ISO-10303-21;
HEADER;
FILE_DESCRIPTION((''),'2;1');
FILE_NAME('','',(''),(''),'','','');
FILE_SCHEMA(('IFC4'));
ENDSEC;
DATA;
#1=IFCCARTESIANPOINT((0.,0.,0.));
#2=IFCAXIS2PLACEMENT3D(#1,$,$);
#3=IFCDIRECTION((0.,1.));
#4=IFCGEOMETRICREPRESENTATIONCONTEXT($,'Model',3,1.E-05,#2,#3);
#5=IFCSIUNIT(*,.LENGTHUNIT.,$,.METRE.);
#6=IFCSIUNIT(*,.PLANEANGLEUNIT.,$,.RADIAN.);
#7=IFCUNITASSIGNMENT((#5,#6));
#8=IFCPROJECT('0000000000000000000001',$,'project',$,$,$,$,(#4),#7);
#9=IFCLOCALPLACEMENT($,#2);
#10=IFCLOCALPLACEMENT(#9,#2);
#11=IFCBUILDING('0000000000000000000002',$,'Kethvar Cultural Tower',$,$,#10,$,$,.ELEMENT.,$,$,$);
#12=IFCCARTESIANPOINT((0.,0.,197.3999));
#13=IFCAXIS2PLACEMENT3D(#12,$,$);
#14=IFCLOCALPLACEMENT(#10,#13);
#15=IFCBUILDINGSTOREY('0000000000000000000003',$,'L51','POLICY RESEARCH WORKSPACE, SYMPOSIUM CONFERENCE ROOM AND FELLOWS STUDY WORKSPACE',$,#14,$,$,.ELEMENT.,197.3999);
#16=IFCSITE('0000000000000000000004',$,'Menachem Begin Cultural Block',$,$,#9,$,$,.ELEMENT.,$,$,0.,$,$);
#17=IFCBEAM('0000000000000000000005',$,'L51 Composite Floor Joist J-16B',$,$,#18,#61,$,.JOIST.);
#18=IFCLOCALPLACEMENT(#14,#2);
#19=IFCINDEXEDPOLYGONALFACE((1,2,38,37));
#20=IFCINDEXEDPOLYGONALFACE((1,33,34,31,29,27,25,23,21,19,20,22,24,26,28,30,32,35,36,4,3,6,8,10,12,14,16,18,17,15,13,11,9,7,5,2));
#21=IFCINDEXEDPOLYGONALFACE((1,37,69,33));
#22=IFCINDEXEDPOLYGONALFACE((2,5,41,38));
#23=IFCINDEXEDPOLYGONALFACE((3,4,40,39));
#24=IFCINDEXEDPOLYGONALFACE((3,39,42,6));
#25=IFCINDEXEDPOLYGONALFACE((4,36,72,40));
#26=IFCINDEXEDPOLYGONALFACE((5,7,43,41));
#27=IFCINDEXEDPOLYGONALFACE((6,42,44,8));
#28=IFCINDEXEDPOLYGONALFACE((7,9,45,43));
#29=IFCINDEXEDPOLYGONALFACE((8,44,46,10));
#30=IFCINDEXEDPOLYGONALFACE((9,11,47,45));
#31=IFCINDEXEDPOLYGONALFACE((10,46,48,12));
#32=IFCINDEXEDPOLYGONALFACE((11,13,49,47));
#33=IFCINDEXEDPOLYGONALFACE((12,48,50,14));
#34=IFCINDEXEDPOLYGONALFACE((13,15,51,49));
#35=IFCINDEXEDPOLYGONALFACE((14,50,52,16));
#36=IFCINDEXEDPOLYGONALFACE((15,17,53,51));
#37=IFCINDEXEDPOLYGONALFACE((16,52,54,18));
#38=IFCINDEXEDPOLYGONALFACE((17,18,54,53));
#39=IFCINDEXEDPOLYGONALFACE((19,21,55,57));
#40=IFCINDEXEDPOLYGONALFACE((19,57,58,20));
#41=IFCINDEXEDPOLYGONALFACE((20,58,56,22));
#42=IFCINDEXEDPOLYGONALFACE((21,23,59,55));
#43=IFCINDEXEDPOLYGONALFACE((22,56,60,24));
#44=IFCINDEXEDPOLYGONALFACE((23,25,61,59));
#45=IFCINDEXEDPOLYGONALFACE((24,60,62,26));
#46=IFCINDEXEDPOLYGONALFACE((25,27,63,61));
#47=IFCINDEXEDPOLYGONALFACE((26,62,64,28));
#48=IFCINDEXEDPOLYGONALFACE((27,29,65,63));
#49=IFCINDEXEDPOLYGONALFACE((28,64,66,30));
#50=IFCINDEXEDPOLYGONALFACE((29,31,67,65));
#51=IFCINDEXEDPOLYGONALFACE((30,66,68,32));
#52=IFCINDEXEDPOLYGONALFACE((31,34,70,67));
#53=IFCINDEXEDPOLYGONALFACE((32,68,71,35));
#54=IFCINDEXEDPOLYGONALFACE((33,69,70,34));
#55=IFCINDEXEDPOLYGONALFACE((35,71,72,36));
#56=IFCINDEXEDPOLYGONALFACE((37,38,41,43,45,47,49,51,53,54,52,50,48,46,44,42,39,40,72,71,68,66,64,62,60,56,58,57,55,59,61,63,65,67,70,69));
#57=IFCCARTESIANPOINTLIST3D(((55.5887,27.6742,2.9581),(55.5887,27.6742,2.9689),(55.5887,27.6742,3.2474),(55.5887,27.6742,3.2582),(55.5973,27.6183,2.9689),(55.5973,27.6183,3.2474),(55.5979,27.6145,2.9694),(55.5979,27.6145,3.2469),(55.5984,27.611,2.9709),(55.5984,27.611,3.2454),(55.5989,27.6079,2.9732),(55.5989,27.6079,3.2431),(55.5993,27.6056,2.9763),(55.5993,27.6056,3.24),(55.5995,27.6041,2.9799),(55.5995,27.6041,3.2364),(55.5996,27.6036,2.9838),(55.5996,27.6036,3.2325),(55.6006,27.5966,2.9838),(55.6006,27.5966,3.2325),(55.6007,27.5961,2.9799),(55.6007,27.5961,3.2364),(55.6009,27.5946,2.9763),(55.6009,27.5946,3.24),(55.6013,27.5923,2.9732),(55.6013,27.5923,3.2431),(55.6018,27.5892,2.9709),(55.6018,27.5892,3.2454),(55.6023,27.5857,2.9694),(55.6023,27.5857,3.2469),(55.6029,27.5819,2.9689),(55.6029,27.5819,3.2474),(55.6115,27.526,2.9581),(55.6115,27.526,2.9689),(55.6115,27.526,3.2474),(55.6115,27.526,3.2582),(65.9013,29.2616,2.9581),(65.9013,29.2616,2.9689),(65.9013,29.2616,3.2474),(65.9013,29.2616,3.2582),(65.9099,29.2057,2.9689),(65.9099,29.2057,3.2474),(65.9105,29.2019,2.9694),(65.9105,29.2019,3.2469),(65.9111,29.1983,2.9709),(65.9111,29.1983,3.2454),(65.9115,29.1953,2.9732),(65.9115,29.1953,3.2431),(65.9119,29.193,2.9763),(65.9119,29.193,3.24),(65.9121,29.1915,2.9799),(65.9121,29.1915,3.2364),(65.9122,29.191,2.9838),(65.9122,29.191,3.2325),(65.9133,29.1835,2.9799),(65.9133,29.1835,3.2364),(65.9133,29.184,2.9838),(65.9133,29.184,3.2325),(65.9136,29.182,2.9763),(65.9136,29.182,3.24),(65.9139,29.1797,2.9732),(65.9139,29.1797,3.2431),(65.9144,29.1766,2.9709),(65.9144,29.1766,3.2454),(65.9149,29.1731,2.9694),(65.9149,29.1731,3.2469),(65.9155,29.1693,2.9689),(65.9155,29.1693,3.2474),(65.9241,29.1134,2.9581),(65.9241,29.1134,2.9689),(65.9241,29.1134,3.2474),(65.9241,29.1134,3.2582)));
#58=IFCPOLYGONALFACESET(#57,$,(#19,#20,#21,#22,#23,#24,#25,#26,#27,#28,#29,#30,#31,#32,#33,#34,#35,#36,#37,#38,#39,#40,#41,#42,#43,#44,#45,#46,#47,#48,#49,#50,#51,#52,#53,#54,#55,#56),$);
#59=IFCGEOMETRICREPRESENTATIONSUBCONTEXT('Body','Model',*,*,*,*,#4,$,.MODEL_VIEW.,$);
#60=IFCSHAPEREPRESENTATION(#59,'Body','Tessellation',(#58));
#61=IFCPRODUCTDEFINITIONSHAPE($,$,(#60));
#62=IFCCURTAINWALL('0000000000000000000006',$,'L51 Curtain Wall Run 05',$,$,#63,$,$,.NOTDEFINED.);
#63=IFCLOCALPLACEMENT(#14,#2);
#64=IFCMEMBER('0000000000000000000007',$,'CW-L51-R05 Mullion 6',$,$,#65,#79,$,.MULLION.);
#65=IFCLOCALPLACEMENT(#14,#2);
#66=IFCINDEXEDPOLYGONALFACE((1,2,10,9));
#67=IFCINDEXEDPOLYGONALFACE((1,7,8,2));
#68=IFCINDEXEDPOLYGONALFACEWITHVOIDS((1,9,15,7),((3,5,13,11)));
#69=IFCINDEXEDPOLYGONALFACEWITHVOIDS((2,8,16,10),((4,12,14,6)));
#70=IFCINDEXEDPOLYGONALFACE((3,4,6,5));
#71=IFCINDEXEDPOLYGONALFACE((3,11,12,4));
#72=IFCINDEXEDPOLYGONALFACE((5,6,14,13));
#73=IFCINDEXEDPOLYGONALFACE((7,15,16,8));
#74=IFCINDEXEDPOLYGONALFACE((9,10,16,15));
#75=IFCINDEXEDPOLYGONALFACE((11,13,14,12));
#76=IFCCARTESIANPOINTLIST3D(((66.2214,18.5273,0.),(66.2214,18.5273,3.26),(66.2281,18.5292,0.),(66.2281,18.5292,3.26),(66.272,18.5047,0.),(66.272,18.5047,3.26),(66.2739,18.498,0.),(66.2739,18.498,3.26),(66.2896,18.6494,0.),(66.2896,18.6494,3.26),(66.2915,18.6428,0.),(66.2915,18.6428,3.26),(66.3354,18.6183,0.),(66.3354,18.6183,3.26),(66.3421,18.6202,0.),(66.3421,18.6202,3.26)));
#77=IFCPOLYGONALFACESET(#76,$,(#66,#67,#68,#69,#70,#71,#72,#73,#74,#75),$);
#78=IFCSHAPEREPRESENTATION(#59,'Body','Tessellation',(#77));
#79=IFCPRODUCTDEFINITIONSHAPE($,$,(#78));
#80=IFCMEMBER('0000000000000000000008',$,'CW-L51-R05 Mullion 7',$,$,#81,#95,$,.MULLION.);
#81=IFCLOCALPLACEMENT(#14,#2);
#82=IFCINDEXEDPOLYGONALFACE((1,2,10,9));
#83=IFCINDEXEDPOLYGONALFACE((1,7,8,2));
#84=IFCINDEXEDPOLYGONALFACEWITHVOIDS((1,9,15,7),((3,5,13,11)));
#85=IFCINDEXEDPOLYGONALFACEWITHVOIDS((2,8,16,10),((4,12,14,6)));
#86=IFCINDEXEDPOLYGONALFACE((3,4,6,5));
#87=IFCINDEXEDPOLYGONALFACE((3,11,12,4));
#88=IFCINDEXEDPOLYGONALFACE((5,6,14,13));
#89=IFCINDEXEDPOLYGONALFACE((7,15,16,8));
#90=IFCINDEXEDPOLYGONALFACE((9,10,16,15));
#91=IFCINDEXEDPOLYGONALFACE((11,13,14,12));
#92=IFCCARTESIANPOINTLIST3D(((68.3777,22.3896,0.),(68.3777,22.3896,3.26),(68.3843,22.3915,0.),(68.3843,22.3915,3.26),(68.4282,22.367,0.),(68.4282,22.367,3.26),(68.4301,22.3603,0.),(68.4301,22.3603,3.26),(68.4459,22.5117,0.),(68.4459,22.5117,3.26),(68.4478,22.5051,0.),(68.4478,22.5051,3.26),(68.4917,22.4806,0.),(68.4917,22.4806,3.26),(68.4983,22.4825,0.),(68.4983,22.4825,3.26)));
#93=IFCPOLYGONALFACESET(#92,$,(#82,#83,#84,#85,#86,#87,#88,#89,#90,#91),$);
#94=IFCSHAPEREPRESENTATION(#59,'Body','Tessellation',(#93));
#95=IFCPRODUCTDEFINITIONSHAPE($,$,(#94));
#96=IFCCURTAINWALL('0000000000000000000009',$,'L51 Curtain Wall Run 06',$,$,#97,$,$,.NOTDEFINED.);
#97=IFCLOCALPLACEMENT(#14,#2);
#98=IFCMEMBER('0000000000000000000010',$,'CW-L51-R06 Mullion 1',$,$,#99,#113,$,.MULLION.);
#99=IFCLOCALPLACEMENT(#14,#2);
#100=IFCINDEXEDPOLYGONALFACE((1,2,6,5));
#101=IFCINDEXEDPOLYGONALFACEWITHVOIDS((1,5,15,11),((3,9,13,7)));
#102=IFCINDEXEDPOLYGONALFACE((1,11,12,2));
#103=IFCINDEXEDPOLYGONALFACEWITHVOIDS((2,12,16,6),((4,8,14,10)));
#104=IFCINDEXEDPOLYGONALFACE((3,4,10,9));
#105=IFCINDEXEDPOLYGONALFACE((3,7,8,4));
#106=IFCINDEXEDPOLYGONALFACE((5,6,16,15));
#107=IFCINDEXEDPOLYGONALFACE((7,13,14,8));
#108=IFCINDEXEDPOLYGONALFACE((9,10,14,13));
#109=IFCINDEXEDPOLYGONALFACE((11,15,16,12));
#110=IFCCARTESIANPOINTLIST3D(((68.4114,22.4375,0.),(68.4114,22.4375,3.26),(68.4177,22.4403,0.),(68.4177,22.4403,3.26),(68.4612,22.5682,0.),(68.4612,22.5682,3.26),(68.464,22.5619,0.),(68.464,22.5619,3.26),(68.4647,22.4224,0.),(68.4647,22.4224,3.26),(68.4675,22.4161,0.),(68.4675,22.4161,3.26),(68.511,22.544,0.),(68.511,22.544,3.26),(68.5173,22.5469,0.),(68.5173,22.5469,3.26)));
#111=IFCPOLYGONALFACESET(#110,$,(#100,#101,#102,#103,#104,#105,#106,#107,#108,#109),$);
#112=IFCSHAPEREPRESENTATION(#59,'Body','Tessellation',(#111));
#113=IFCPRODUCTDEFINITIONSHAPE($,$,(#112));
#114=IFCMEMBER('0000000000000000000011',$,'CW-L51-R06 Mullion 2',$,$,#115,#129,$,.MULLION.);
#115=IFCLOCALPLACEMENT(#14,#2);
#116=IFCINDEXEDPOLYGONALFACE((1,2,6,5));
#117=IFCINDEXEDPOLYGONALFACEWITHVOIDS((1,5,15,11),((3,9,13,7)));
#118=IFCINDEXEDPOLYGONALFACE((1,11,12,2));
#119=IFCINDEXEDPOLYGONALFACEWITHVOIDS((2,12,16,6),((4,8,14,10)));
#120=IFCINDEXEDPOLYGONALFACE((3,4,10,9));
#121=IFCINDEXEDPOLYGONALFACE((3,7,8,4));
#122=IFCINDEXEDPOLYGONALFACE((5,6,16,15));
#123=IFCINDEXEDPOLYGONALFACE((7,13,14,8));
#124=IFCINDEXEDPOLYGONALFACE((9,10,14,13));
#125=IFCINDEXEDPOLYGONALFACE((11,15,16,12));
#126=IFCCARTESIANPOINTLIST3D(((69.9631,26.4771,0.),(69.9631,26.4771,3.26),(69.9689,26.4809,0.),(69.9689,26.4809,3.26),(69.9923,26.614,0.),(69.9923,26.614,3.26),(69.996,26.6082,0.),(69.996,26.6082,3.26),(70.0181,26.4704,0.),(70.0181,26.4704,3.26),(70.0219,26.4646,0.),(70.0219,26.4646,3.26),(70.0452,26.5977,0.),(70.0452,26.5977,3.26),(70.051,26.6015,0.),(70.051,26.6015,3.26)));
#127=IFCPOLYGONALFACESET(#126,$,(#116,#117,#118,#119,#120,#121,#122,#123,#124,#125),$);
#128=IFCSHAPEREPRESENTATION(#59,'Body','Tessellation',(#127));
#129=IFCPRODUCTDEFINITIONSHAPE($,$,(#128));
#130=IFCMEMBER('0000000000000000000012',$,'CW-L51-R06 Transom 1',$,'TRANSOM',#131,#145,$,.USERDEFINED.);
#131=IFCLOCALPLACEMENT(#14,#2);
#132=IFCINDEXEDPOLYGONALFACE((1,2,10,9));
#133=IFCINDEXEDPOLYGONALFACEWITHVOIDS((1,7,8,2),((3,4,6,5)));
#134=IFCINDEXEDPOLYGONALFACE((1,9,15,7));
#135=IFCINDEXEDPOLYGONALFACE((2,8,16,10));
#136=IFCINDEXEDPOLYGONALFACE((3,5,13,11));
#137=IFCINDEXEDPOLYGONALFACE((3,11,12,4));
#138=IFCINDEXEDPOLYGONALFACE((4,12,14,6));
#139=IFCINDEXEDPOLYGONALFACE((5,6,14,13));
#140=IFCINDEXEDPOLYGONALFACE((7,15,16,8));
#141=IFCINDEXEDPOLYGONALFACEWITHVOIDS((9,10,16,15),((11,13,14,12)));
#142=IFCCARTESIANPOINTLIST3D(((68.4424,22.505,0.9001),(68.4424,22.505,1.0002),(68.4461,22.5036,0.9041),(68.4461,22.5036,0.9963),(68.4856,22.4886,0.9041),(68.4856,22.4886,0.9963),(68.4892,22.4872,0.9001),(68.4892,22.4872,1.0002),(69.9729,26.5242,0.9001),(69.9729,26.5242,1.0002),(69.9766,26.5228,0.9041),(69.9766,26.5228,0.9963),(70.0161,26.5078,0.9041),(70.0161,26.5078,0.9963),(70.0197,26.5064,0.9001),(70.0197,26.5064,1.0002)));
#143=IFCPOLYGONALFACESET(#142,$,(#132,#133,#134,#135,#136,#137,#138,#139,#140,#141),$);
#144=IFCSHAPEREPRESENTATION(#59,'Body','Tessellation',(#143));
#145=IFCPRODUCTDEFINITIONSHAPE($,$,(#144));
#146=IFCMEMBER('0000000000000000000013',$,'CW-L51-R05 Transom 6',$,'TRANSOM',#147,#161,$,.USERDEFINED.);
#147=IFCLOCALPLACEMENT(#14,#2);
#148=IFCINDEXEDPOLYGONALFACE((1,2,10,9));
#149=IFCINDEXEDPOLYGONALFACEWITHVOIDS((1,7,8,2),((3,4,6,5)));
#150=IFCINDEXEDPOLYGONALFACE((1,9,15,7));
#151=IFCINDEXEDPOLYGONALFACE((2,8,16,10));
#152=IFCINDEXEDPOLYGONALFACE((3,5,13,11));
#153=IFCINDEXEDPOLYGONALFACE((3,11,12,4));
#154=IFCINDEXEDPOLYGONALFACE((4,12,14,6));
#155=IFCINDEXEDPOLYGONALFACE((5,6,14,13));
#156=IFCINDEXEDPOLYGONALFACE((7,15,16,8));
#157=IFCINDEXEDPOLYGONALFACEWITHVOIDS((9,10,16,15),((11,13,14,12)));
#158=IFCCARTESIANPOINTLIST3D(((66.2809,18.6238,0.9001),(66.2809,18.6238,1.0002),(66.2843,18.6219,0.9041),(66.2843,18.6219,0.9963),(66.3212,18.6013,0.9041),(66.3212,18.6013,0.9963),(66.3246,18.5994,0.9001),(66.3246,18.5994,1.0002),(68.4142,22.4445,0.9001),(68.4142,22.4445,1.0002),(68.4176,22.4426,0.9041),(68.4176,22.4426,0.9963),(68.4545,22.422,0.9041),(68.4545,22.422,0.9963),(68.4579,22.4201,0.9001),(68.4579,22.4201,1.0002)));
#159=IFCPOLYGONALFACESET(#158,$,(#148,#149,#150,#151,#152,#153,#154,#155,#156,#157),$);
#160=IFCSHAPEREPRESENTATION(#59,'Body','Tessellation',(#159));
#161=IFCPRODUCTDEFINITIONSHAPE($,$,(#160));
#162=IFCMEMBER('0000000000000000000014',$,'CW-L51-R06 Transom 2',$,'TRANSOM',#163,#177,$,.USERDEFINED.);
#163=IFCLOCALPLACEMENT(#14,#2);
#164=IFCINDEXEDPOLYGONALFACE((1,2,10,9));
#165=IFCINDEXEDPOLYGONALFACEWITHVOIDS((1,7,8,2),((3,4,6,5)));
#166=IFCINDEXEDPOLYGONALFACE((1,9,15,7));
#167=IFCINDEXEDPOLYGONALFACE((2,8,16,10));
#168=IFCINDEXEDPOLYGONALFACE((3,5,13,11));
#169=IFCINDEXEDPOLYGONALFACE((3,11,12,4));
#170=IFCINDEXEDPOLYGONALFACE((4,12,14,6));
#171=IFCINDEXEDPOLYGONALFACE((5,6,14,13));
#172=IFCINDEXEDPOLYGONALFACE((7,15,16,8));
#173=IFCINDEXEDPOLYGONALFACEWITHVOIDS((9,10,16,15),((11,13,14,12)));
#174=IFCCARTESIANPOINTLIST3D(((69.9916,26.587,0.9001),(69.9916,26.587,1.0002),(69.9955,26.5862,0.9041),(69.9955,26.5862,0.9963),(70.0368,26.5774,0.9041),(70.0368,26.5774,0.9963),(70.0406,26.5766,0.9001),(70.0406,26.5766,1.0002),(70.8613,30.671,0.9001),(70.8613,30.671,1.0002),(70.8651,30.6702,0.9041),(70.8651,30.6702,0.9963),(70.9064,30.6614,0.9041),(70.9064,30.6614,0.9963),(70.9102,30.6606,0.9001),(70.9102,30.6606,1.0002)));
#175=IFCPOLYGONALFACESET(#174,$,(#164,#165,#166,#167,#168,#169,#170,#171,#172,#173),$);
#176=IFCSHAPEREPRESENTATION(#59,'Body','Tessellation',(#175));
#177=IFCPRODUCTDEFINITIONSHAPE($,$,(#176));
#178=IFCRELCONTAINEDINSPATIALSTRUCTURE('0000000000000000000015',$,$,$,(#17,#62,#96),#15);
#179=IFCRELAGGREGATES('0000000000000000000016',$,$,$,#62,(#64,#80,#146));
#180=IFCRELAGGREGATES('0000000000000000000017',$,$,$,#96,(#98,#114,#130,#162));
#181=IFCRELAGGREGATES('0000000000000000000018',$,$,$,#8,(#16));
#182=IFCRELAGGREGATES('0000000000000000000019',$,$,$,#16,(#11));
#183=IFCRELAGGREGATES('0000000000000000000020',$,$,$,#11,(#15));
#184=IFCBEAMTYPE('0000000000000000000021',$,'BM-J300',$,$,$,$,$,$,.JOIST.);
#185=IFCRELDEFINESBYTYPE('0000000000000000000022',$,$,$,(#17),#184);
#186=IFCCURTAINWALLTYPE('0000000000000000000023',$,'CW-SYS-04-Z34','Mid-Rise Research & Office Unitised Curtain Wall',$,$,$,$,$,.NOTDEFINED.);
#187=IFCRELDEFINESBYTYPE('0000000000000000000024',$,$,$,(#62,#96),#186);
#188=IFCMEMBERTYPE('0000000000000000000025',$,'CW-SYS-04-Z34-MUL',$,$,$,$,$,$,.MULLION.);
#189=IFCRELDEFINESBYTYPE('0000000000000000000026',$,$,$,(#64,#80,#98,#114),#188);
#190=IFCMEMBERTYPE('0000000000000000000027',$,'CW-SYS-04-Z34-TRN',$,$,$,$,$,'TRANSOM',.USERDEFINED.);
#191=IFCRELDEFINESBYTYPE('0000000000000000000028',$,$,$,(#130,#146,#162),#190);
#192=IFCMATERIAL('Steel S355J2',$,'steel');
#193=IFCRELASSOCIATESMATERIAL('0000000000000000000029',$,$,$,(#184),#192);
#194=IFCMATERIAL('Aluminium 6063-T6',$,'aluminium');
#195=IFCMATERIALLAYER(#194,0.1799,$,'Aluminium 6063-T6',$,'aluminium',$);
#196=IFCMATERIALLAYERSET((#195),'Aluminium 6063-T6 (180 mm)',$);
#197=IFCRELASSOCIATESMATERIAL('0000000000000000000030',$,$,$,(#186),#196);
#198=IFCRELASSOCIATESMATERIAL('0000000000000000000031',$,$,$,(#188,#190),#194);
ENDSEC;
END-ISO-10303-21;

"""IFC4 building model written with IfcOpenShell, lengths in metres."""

from ifc_helpers import new_model, si_unit, direction, frame, origin, origin_2d, place, context, subcontext, project, spatial, hollow_rectangle, i_section, extrude, source, transform, mapped, material, layer, layer_set, material_profile, profile_set, type_object, element, aggregate, save


model = new_model("IFC4")

# Units and contexts
model_context = context("Model", 3, precision=1e-05, world=origin(), true_north=direction((0.0, 1.0)))
body_context = subcontext(model_context, "Body", "Model", "MODEL_VIEW")
ifc_project = project(units=[si_unit("LENGTHUNIT", "METRE"), si_unit("PLANEANGLEUNIT", "RADIAN")], contexts=[model_context])

# Site, building, storey
site_placement = place(None, origin())
site = spatial("IfcSite", under=ifc_project, at=site_placement, Name="Menachem Begin Cultural Block", CompositionType="ELEMENT", RefElevation=0.0)
building_placement = place(site_placement, origin())
building = spatial("IfcBuilding", under=site, at=building_placement, Name="Kethvar Cultural Tower", CompositionType="ELEMENT")
storey_placement = place(building_placement, frame((0.0, 0.0, 197.3999)))
storey = spatial("IfcBuildingStorey", under=building, at=storey_placement, Name="L51", Description="POLICY RESEARCH WORKSPACE, SYMPOSIUM CONFERENCE ROOM AND FELLOWS STUDY WORKSPACE", CompositionType="ELEMENT", Elevation=197.3999)

# Beam
ifc_material_1 = material(Name="Steel S355J2", Category="steel")
ifc_material_profile_1 = material_profile(ifc_material_1, i_section(OverallWidth=0.1499, OverallDepth=0.3, WebThickness=0.0071, FlangeThickness=0.0107, FilletRadius=0.0149, at=origin_2d()), Name="Steel S355J2 — IPE300")
ifc_profile_set_1 = profile_set([ifc_material_profile_1], Name="Steel S355J2 — IPE300")
beam_type_1 = type_object("IfcBeamType", Name="BM-J300", PredefinedType="JOIST", material=ifc_profile_set_1)
shared_shape_1 = source(origin(), body_context, "Body", "SweptSolid", [
    extrude(i_section(OverallWidth=0.1499, OverallDepth=0.3, WebThickness=0.0071, FlangeThickness=0.0107, FilletRadius=0.0149, at=origin_2d()), origin(), (0.0, 0.0, 1.0), 10.4341),
])
beam_1_placement = place(storey_placement, frame((55.6001, 27.6001, 3.1082), z_axis=(0.98836, 0.152135, 0.0), x_axis=(-0.152135, 0.98836, 0.0)))
element("IfcBeam", 1, at=beam_1_placement, inside=storey, type_object=beam_type_1, Name="L51 Composite Floor Joist J-16B", PredefinedType="JOIST", context=body_context, shape_type="MappedRepresentation", body=[
    mapped(shared_shape_1, transform((0.0, 0.0, 0.0), scale=1.0)),
])

# Curtain walls, members
ifc_material_2 = material(Name="Aluminium 6063-T6", Category="aluminium")
ifc_layer_1 = layer(ifc_material_2, 0.1799, Name="Aluminium 6063-T6", Category="aluminium")
ifc_layer_set_1 = layer_set([ifc_layer_1], Name="Aluminium 6063-T6 (180 mm)")
curtain_wall_type = type_object("IfcCurtainWallType", Name="CW-SYS-04-Z34", Description="Mid-Rise Research & Office Unitised Curtain Wall", PredefinedType="NOTDEFINED", material=ifc_layer_set_1)
curtain_wall_1_placement = place(storey_placement, origin())
curtain_wall_1 = element("IfcCurtainWall", 2, at=curtain_wall_1_placement, inside=storey, type_object=curtain_wall_type, Name="L51 Curtain Wall Run 05", PredefinedType="NOTDEFINED")
ifc_material_profile_2 = material_profile(ifc_material_2, hollow_rectangle(XDim=0.0601, YDim=0.1399, WallThickness=0.0049, at=origin_2d()), Name="Aluminium 6063-T6 — RHS140x60x5")
ifc_profile_set_2 = profile_set([ifc_material_profile_2], Name="Aluminium 6063-T6 — RHS140x60x5")
member_type_1 = type_object("IfcMemberType", Name="CW-SYS-04-Z34-MUL", PredefinedType="MULLION", material=ifc_profile_set_2)
shared_shape_2 = source(origin(), body_context, "Body", "SweptSolid", [
    extrude(hollow_rectangle(XDim=0.0601, YDim=0.1399, WallThickness=0.0049, at=origin_2d()), origin(), (0.0, 0.0, 1.0), 3.26),
])
member_1_placement = place(storey_placement, frame((66.2817, 18.5737, 0.0), z_axis=(0.0, 0.0, 1.0), x_axis=(-0.873118, 0.487509, 0.0)))
member_1 = element("IfcMember", 3, at=member_1_placement, type_object=member_type_1, Name="CW-L51-R05 Mullion 6", PredefinedType="MULLION", context=body_context, shape_type="MappedRepresentation", body=[
    mapped(shared_shape_2, transform((0.0, 0.0, 0.0), scale=1.0)),
])
member_2_placement = place(storey_placement, frame((68.438, 22.436, 0.0), z_axis=(0.0, 0.0, 1.0), x_axis=(-0.873118, 0.487509, 0.0)))
member_2 = element("IfcMember", 4, at=member_2_placement, type_object=member_type_1, Name="CW-L51-R05 Mullion 7", PredefinedType="MULLION", context=body_context, shape_type="MappedRepresentation", body=[
    mapped(shared_shape_2, transform((0.0, 0.0, 0.0), scale=1.0)),
])
curtain_wall_2_placement = place(storey_placement, origin())
curtain_wall_2 = element("IfcCurtainWall", 5, at=curtain_wall_2_placement, inside=storey, type_object=curtain_wall_type, Name="L51 Curtain Wall Run 06", PredefinedType="NOTDEFINED")
member_3_placement = place(storey_placement, frame((68.4644, 22.4922, 0.0), z_axis=(0.0, 0.0, 1.0), x_axis=(-0.934528, 0.35589, 0.0)))
member_3 = element("IfcMember", 6, at=member_3_placement, type_object=member_type_1, Name="CW-L51-R06 Mullion 1", PredefinedType="MULLION", context=body_context, shape_type="MappedRepresentation", body=[
    mapped(shared_shape_2, transform((0.0, 0.0, 0.0), scale=1.0)),
])
member_4_placement = place(storey_placement, frame((70.0071, 26.5393, 0.0), z_axis=(0.0, 0.0, 1.0), x_axis=(-0.978068, 0.208287, 0.0)))
member_4 = element("IfcMember", 7, at=member_4_placement, type_object=member_type_1, Name="CW-L51-R06 Mullion 2", PredefinedType="MULLION", context=body_context, shape_type="MappedRepresentation", body=[
    mapped(shared_shape_2, transform((0.0, 0.0, 0.0), scale=1.0)),
])
ifc_material_profile_3 = material_profile(ifc_material_2, hollow_rectangle(XDim=0.05, YDim=0.1001, WallThickness=0.0039, at=origin_2d()), Name="Aluminium 6063-T6 — RHS100x50x4")
ifc_profile_set_3 = profile_set([ifc_material_profile_3], Name="Aluminium 6063-T6 — RHS100x50x4")
member_type_2 = type_object("IfcMemberType", Name="CW-SYS-04-Z34-TRN", ElementType="TRANSOM", PredefinedType="USERDEFINED", material=ifc_profile_set_3)
shared_shape_3 = source(origin(), body_context, "Body", "SweptSolid", [
    extrude(hollow_rectangle(XDim=0.05, YDim=0.1001, WallThickness=0.0039, at=origin_2d()), origin(), (0.0, 0.0, 1.0), 4.3008),
])
member_5_placement = place(storey_placement, frame((68.4658, 22.4961, 0.9502), z_axis=(0.355865, 0.934537, 0.0), x_axis=(-0.934537, 0.355865, 0.0)))
member_5 = element("IfcMember", 8, at=member_5_placement, type_object=member_type_2, Name="CW-L51-R06 Transom 1", ObjectType="TRANSOM", PredefinedType="USERDEFINED", context=body_context, shape_type="MappedRepresentation", body=[
    mapped(shared_shape_3, transform((0.0, 0.0, 0.0), scale=1.0)),
])

# Members
shared_shape_4 = source(origin(), body_context, "Body", "SweptSolid", [
    extrude(hollow_rectangle(XDim=0.05, YDim=0.1001, WallThickness=0.0039, at=origin_2d()), origin(), (0.0, 0.0, 1.0), 4.376),
])
member_6_placement = place(storey_placement, frame((66.3027, 18.6116, 0.9502), z_axis=(0.487499, 0.873124, 0.0), x_axis=(-0.873124, 0.487499, 0.0)))
member_6 = element("IfcMember", 9, at=member_6_placement, type_object=member_type_2, Name="CW-L51-R05 Transom 6", ObjectType="TRANSOM", PredefinedType="USERDEFINED", context=body_context, shape_type="MappedRepresentation", body=[
    mapped(shared_shape_4, transform((0.0, 0.0, 0.0), scale=1.0)),
])
shared_shape_5 = source(origin(), body_context, "Body", "SweptSolid", [
    extrude(hollow_rectangle(XDim=0.05, YDim=0.1001, WallThickness=0.0039, at=origin_2d()), origin(), (0.0, 0.0, 1.0), 4.1755),
])
member_7_placement = place(storey_placement, frame((70.0161, 26.5818, 0.9502), z_axis=(0.208267, 0.978072, 0.0), x_axis=(-0.978072, 0.208267, 0.0)))
member_7 = element("IfcMember", 10, at=member_7_placement, type_object=member_type_2, Name="CW-L51-R06 Transom 2", ObjectType="TRANSOM", PredefinedType="USERDEFINED", context=body_context, shape_type="MappedRepresentation", body=[
    mapped(shared_shape_5, transform((0.0, 0.0, 0.0), scale=1.0)),
])

aggregate(curtain_wall_1, [member_1, member_2, member_6])
aggregate(curtain_wall_2, [member_3, member_4, member_5, member_7])

save(model, "model.ifc")
